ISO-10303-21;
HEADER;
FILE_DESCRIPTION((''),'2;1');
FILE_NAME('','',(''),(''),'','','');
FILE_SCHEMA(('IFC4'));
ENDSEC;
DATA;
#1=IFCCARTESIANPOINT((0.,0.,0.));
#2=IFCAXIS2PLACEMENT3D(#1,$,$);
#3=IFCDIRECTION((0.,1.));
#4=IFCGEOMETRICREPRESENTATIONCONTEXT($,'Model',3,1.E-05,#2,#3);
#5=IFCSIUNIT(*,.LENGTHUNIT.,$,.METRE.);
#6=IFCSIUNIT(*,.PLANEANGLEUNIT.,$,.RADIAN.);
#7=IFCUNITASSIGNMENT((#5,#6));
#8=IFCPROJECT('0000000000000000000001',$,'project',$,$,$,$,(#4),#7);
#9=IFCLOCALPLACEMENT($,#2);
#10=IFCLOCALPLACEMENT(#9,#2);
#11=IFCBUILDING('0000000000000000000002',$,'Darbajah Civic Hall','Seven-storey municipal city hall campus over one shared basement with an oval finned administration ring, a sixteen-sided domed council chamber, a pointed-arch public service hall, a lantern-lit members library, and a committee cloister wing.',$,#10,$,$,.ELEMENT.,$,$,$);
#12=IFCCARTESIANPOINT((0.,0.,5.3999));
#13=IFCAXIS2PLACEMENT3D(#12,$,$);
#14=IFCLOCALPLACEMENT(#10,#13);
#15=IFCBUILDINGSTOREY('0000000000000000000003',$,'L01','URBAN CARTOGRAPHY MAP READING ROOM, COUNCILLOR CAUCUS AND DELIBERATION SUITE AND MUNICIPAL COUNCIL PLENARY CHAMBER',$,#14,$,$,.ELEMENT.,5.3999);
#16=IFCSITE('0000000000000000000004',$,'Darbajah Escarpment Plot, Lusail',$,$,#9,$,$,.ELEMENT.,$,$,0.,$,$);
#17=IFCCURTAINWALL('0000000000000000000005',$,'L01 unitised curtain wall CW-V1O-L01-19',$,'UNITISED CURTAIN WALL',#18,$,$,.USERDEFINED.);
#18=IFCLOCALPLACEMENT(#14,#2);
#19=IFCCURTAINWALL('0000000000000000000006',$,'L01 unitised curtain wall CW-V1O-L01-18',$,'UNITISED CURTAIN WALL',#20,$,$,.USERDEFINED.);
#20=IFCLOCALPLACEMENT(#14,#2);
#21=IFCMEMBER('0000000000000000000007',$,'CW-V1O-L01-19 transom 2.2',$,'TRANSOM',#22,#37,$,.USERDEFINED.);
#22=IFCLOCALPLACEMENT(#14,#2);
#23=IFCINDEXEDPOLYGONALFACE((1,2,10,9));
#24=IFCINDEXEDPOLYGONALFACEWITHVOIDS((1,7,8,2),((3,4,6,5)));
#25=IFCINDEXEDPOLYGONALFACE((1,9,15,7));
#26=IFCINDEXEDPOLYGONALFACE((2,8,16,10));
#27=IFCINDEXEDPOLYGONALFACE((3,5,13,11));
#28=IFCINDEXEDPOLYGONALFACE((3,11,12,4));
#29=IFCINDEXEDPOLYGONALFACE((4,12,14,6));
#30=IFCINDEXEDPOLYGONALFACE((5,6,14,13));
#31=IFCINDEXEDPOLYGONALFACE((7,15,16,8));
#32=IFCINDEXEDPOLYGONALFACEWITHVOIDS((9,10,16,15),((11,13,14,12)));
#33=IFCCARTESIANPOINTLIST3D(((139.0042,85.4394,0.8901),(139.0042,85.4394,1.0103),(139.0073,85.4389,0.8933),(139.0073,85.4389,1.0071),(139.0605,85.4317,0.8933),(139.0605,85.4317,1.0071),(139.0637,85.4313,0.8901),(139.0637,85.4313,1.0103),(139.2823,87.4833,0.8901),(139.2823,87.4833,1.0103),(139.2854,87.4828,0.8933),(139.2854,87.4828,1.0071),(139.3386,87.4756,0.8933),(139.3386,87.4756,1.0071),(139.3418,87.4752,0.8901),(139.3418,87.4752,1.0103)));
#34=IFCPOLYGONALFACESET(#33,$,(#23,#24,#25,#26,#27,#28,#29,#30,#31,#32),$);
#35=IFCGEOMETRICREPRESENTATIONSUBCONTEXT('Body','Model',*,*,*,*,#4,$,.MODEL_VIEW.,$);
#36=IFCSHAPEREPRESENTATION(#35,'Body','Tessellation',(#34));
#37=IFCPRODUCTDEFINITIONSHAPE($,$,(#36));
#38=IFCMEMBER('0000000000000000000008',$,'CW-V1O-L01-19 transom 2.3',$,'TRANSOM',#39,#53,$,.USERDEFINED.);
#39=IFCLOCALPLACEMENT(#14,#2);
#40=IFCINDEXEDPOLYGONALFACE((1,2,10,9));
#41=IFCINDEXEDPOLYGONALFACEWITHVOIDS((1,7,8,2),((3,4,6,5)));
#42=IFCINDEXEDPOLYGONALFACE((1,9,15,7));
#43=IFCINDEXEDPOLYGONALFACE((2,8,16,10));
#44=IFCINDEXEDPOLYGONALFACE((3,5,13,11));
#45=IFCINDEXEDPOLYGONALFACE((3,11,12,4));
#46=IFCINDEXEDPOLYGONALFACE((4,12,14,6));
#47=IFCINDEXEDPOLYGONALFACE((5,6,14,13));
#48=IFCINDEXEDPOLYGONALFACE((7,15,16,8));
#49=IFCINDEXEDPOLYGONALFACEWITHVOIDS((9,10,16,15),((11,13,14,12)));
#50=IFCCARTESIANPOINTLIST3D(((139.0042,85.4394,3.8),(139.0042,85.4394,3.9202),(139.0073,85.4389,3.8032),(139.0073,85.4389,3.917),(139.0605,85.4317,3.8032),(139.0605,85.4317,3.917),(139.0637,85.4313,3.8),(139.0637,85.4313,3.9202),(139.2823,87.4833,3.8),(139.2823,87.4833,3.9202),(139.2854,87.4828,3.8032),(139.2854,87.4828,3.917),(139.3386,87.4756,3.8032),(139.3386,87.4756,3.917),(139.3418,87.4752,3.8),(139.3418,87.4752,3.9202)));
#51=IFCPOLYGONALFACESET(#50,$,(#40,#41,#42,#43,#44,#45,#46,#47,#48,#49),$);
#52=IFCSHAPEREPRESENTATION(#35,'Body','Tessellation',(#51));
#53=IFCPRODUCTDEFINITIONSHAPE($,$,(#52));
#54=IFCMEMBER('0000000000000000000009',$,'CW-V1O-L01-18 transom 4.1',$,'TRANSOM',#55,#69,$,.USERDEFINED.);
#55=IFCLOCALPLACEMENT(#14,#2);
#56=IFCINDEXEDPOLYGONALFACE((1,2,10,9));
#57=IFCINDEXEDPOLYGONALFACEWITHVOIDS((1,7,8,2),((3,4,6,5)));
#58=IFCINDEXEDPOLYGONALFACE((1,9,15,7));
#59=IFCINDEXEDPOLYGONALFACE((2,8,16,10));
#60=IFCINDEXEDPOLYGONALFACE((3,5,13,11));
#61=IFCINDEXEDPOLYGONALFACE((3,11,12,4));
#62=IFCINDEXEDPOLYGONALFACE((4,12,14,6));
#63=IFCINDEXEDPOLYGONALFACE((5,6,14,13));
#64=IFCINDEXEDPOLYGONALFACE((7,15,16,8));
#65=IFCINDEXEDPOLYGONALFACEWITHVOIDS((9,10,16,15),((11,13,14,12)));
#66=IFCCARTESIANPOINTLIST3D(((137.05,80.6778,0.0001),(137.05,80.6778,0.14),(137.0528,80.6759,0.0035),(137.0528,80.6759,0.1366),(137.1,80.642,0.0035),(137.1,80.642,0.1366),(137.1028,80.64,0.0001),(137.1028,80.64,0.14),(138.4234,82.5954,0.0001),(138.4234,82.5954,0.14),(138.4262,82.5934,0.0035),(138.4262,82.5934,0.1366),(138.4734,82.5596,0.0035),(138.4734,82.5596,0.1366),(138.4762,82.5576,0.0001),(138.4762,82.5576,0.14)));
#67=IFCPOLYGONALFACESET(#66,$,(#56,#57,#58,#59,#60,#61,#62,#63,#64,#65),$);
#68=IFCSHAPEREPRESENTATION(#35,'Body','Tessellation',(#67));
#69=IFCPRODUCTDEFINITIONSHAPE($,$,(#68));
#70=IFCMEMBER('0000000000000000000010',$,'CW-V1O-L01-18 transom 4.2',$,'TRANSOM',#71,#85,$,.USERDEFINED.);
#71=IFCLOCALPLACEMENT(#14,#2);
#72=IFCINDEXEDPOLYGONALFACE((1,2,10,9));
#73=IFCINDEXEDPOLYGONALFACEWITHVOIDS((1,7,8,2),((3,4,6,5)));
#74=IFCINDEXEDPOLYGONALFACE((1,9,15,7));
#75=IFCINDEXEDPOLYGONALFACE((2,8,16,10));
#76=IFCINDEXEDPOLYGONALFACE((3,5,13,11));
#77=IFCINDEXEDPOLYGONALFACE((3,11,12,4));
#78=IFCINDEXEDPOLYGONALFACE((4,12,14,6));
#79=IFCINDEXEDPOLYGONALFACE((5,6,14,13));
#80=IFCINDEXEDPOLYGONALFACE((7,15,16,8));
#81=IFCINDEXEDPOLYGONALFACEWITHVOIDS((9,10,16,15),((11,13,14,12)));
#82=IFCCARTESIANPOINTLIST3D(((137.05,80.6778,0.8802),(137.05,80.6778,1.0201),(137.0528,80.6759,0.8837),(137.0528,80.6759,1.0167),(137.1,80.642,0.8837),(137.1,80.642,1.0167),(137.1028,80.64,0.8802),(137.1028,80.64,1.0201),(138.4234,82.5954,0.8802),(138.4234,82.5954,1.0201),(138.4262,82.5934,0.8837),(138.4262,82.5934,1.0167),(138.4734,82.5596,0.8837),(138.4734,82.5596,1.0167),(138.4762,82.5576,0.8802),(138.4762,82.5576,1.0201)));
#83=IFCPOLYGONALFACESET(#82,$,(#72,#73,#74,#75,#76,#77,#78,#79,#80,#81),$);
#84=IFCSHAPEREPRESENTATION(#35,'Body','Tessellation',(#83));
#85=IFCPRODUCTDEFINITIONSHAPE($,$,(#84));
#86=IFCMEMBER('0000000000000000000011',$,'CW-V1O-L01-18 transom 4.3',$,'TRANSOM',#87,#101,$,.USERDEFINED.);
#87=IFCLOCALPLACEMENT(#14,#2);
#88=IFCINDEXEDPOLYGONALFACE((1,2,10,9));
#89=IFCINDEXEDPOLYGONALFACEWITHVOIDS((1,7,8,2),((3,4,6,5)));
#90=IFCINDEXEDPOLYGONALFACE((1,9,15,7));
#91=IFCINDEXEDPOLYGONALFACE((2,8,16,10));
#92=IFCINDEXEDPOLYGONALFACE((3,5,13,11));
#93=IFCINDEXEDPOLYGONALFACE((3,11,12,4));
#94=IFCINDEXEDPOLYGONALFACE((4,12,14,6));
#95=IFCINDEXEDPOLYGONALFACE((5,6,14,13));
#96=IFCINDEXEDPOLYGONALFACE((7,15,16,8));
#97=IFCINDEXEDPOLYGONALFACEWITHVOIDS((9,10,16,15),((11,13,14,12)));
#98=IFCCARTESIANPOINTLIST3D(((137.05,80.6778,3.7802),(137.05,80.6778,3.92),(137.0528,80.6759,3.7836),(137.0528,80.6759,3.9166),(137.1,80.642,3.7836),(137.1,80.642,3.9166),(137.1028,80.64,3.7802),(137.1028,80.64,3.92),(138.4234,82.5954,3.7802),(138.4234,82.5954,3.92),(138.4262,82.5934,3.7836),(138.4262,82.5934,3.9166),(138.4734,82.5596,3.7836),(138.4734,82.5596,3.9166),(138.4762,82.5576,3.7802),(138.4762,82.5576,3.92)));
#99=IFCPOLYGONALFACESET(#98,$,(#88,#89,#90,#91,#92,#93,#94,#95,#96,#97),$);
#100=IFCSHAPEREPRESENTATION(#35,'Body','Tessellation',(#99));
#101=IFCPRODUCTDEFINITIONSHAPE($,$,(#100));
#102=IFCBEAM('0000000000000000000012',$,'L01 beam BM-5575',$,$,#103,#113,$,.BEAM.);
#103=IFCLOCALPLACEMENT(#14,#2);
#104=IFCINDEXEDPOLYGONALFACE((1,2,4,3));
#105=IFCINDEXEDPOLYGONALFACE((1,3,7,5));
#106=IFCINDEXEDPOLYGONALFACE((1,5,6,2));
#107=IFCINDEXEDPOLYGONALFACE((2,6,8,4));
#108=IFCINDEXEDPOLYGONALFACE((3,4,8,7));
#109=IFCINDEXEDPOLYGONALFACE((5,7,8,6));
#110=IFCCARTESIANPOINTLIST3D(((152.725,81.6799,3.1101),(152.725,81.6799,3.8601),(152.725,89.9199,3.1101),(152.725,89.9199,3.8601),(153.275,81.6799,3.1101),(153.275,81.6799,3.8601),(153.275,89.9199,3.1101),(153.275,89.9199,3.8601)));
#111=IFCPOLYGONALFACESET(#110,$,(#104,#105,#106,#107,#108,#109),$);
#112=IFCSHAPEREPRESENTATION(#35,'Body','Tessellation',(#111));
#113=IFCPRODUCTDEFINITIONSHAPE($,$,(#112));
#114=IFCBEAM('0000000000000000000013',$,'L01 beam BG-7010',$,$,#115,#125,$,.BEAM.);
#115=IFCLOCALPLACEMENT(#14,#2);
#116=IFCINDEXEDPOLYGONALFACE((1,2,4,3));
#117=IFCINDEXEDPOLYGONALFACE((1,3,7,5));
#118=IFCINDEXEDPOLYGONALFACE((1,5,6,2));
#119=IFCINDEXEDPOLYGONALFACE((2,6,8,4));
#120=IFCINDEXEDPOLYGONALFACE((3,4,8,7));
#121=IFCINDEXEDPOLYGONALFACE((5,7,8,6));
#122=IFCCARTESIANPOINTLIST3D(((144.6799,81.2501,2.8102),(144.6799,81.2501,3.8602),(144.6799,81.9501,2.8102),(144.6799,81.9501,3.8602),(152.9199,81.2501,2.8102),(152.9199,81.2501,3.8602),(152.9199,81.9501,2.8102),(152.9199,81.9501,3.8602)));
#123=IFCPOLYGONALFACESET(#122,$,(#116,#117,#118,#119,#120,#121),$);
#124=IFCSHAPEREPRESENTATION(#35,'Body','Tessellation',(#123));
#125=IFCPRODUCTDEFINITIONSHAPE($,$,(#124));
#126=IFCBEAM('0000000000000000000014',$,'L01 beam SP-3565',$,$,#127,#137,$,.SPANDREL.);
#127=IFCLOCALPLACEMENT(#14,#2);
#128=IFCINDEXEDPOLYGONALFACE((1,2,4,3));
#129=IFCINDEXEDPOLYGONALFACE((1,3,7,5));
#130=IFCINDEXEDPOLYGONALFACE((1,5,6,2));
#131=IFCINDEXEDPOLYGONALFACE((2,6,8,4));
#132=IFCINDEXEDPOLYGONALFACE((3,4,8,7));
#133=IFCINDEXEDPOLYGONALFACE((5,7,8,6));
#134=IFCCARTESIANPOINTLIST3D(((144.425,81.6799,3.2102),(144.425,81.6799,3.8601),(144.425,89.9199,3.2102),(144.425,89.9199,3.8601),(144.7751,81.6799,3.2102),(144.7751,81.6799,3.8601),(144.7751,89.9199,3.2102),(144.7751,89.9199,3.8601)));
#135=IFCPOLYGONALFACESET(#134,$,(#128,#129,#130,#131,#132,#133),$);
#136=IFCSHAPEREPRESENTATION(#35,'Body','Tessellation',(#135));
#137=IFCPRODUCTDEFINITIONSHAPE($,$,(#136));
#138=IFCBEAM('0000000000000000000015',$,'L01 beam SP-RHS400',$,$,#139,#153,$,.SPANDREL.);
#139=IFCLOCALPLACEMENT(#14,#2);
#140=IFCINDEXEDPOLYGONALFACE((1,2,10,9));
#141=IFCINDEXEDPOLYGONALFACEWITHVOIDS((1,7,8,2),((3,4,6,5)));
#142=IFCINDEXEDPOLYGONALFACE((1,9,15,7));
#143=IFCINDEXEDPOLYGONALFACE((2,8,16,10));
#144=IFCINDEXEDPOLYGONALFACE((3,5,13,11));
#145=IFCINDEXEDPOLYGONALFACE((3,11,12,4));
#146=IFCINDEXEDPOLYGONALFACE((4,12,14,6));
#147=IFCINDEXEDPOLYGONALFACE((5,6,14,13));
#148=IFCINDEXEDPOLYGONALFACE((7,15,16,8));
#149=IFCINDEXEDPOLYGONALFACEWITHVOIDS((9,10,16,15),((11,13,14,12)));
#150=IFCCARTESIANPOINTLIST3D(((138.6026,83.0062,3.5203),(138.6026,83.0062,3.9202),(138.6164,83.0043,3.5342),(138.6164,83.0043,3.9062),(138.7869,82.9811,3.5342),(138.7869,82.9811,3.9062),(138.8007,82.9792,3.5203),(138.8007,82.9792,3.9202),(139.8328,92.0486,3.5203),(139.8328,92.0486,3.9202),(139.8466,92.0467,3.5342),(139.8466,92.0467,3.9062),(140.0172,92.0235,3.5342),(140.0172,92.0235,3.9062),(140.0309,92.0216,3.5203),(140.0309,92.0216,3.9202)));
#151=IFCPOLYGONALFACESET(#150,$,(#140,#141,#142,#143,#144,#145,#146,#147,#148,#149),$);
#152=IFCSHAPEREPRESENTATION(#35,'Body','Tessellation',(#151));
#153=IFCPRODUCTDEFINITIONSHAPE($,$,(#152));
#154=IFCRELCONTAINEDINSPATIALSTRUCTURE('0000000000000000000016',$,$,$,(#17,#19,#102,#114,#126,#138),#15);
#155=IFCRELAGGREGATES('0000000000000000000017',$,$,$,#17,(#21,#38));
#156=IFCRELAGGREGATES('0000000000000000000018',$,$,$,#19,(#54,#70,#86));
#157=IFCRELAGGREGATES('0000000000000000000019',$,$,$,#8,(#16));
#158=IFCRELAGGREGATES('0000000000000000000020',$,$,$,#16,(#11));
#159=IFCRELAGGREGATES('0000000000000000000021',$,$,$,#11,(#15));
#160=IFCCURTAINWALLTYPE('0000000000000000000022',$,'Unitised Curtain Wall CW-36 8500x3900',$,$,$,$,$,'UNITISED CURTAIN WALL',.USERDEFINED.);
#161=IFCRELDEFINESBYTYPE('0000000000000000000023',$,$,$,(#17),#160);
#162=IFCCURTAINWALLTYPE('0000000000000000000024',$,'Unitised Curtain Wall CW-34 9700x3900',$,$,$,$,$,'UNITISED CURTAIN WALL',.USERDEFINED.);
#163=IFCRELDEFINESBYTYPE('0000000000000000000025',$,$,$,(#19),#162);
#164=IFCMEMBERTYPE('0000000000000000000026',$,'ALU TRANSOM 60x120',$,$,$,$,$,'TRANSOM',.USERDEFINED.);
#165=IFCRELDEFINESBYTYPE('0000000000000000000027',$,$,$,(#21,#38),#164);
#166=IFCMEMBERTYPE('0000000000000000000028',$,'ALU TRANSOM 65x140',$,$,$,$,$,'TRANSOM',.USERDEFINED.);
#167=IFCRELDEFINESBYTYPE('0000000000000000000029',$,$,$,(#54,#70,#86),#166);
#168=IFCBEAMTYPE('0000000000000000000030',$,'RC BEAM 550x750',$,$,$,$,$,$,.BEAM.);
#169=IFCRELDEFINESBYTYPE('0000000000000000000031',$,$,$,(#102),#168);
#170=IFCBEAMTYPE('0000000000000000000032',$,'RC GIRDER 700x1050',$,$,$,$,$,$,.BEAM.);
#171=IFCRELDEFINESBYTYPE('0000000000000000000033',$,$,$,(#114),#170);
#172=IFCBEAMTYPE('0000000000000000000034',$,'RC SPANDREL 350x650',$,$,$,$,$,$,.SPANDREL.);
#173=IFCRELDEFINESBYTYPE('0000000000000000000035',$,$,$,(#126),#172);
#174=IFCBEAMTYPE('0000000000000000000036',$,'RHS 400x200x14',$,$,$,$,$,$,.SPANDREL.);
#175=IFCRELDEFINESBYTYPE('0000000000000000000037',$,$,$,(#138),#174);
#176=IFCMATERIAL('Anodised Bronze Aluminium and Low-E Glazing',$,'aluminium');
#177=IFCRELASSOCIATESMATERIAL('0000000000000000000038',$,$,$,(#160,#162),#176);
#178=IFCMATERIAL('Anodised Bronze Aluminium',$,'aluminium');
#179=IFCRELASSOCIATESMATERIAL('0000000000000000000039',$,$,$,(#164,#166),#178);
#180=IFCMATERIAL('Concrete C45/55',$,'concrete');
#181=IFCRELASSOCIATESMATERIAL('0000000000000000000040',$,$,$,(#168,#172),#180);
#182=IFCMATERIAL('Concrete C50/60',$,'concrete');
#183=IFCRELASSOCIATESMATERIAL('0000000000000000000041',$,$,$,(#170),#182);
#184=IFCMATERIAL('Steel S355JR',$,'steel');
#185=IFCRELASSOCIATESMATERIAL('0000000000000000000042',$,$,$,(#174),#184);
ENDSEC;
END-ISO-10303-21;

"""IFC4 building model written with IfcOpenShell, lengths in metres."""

from ifc_helpers import new_model, si_unit, direction, frame, origin, origin_2d, place, context, subcontext, project, spatial, rectangle, hollow_rectangle, extrude, material, material_profile, profile_set, type_object, element, aggregate, save


model = new_model("IFC4")

# Units and contexts
model_context = context("Model", 3, precision=1e-05, world=origin(), true_north=direction((0.0, 1.0)))
body_context = subcontext(model_context, "Body", "Model", "MODEL_VIEW")
ifc_project = project(units=[si_unit("LENGTHUNIT", "METRE"), si_unit("PLANEANGLEUNIT", "RADIAN")], contexts=[model_context])

# Site, building, storey
site_placement = place(None, origin())
site = spatial("IfcSite", under=ifc_project, at=site_placement, Name="Darbajah Escarpment Plot, Lusail", CompositionType="ELEMENT", RefElevation=0.0)
building_placement = place(site_placement, origin())
building = spatial("IfcBuilding", under=site, at=building_placement, Name="Darbajah Civic Hall", Description="Seven-storey municipal city hall campus over one shared basement with an oval finned administration ring, a sixteen-sided domed council chamber, a pointed-arch public service hall, a lantern-lit members library, and a committee cloister wing.", CompositionType="ELEMENT")
storey_placement = place(building_placement, frame((0.0, 0.0, 5.3999)))
storey = spatial("IfcBuildingStorey", under=building, at=storey_placement, Name="L01", Description="URBAN CARTOGRAPHY MAP READING ROOM, COUNCILLOR CAUCUS AND DELIBERATION SUITE AND MUNICIPAL COUNCIL PLENARY CHAMBER", CompositionType="ELEMENT", Elevation=5.3999)

# Shared definitions
ifc_material_1 = material(Name="Concrete C50/60", Category="concrete")

# Curtain walls
ifc_material_2 = material(Name="Anodised Bronze Aluminium and Low-E Glazing", Category="aluminium")
curtain_wall_type_1 = type_object("IfcCurtainWallType", Name="Unitised Curtain Wall CW-36 8500x3900", ElementType="UNITISED CURTAIN WALL", PredefinedType="USERDEFINED", material=ifc_material_2)
curtain_wall_1_placement = place(storey_placement, origin())
curtain_wall_1 = element("IfcCurtainWall", 1, at=curtain_wall_1_placement, inside=storey, type_object=curtain_wall_type_1, Name="L01 unitised curtain wall CW-V1O-L01-19", ObjectType="UNITISED CURTAIN WALL", PredefinedType="USERDEFINED")
ifc_material_3 = material(Name="Anodised Bronze Aluminium", Category="aluminium")
curtain_wall_type_2 = type_object("IfcCurtainWallType", Name="Unitised Curtain Wall CW-34 9700x3900", ElementType="UNITISED CURTAIN WALL", PredefinedType="USERDEFINED", material=ifc_material_2)
curtain_wall_2_placement = place(storey_placement, origin())
curtain_wall_2 = element("IfcCurtainWall", 2, at=curtain_wall_2_placement, inside=storey, type_object=curtain_wall_type_2, Name="L01 unitised curtain wall CW-V1O-L01-18", ObjectType="UNITISED CURTAIN WALL", PredefinedType="USERDEFINED")

# Members
ifc_material_profile_1 = material_profile(ifc_material_3, hollow_rectangle(XDim=0.0601, YDim=0.1201, WallThickness=0.0032, at=origin_2d()), Name="ALU TRANSOM 60x120")
ifc_profile_set_1 = profile_set([ifc_material_profile_1], Name="Anodised Bronze Aluminium")
member_type_1 = type_object("IfcMemberType", Name="ALU TRANSOM 60x120", ElementType="TRANSOM", PredefinedType="USERDEFINED", material=ifc_profile_set_1)
member_1_placement = place(storey_placement, frame((139.0339, 85.4353, 0.9502), z_axis=(0.134807, 0.990872, 0.0), x_axis=(-0.990872, 0.134807, 0.0)))
member_1 = element("IfcMember", 3, at=member_1_placement, type_object=member_type_1, Name="CW-V1O-L01-19 transom 2.2", ObjectType="TRANSOM", PredefinedType="USERDEFINED", context=body_context, shape_type="SweptSolid", body=[
    extrude(hollow_rectangle(XDim=0.0601, YDim=0.1201, WallThickness=0.0032, at=origin_2d()), origin(), (0.0, 0.0, 1.0), 2.0627),
])
member_2_placement = place(storey_placement, frame((139.0339, 85.4353, 3.8601), z_axis=(0.134807, 0.990872, 0.0), x_axis=(-0.990872, 0.134807, 0.0)))
member_2 = element("IfcMember", 4, at=member_2_placement, type_object=member_type_1, Name="CW-V1O-L01-19 transom 2.3", ObjectType="TRANSOM", PredefinedType="USERDEFINED", context=body_context, shape_type="SweptSolid", body=[
    extrude(hollow_rectangle(XDim=0.0601, YDim=0.1201, WallThickness=0.0032, at=origin_2d()), origin(), (0.0, 0.0, 1.0), 2.0627),
])
ifc_material_profile_2 = material_profile(ifc_material_3, hollow_rectangle(XDim=0.0649, YDim=0.1399, WallThickness=0.0034, at=origin_2d()), Name="ALU TRANSOM 65x140")
ifc_profile_set_2 = profile_set([ifc_material_profile_2], Name="Anodised Bronze Aluminium")
member_type_2 = type_object("IfcMemberType", Name="ALU TRANSOM 65x140", ElementType="TRANSOM", PredefinedType="USERDEFINED", material=ifc_profile_set_2)
member_3_placement = place(storey_placement, frame((137.0764, 80.6589, 0.0701), z_axis=(0.582266, 0.812998, 0.0), x_axis=(-0.812998, 0.582266, 0.0)))
member_3 = element("IfcMember", 5, at=member_3_placement, type_object=member_type_2, Name="CW-V1O-L01-18 transom 4.1", ObjectType="TRANSOM", PredefinedType="USERDEFINED", context=body_context, shape_type="SweptSolid", body=[
    extrude(hollow_rectangle(XDim=0.0649, YDim=0.1399, WallThickness=0.0034, at=origin_2d()), origin(), (0.0, 0.0, 1.0), 2.3586),
])
member_4_placement = place(storey_placement, frame((137.0764, 80.6589, 0.9502), z_axis=(0.582266, 0.812998, 0.0), x_axis=(-0.812998, 0.582266, 0.0)))
member_4 = element("IfcMember", 6, at=member_4_placement, type_object=member_type_2, Name="CW-V1O-L01-18 transom 4.2", ObjectType="TRANSOM", PredefinedType="USERDEFINED", context=body_context, shape_type="SweptSolid", body=[
    extrude(hollow_rectangle(XDim=0.0649, YDim=0.1399, WallThickness=0.0034, at=origin_2d()), origin(), (0.0, 0.0, 1.0), 2.3586),
])
member_5_placement = place(storey_placement, frame((137.0764, 80.6589, 3.8501), z_axis=(0.582266, 0.812998, 0.0), x_axis=(-0.812998, 0.582266, 0.0)))
member_5 = element("IfcMember", 7, at=member_5_placement, type_object=member_type_2, Name="CW-V1O-L01-18 transom 4.3", ObjectType="TRANSOM", PredefinedType="USERDEFINED", context=body_context, shape_type="SweptSolid", body=[
    extrude(hollow_rectangle(XDim=0.0649, YDim=0.1399, WallThickness=0.0034, at=origin_2d()), origin(), (0.0, 0.0, 1.0), 2.3586),
])

# Beams
ifc_material_4 = material(Name="Concrete C45/55", Category="concrete")
ifc_material_profile_3 = material_profile(ifc_material_4, rectangle(XDim=0.55, YDim=0.75, at=origin_2d()), Name="RC BEAM 550x750")
ifc_profile_set_3 = profile_set([ifc_material_profile_3], Name="Concrete C45/55")
beam_type_1 = type_object("IfcBeamType", Name="RC BEAM 550x750", PredefinedType="BEAM", material=ifc_profile_set_3)
beam_1_placement = place(storey_placement, frame((153.0, 81.6799, 3.4851), z_axis=(0.0, 1.0, 0.0), x_axis=(-1.0, 0.0, 0.0)))
element("IfcBeam", 8, at=beam_1_placement, inside=storey, type_object=beam_type_1, Name="L01 beam BM-5575", PredefinedType="BEAM", context=body_context, shape_type="SweptSolid", body=[
    extrude(rectangle(XDim=0.55, YDim=0.75, at=origin_2d()), origin(), (0.0, 0.0, 1.0), 8.24),
])
ifc_material_profile_4 = material_profile(ifc_material_1, rectangle(XDim=0.7, YDim=1.05, at=origin_2d()), Name="RC GIRDER 700x1050")
ifc_profile_set_4 = profile_set([ifc_material_profile_4], Name="Concrete C50/60")
beam_type_2 = type_object("IfcBeamType", Name="RC GIRDER 700x1050", PredefinedType="BEAM", material=ifc_profile_set_4)
beam_2_placement = place(storey_placement, frame((144.6799, 81.6001, 3.3352), z_axis=(1.0, 0.0, 0.0), x_axis=(0.0, 1.0, 0.0)))
element("IfcBeam", 9, at=beam_2_placement, inside=storey, type_object=beam_type_2, Name="L01 beam BG-7010", PredefinedType="BEAM", context=body_context, shape_type="SweptSolid", body=[
    extrude(rectangle(XDim=0.7, YDim=1.05, at=origin_2d()), origin(), (0.0, 0.0, 1.0), 8.24),
])
ifc_material_profile_5 = material_profile(ifc_material_4, rectangle(XDim=0.3501, YDim=0.6499, at=origin_2d()), Name="RC SPANDREL 350x650")
ifc_profile_set_5 = profile_set([ifc_material_profile_5], Name="Concrete C45/55")
beam_type_3 = type_object("IfcBeamType", Name="RC SPANDREL 350x650", PredefinedType="SPANDREL", material=ifc_profile_set_5)
beam_3_placement = place(storey_placement, frame((144.6001, 81.6799, 3.5352), z_axis=(0.0, 1.0, 0.0), x_axis=(-1.0, 0.0, 0.0)))
element("IfcBeam", 10, at=beam_3_placement, inside=storey, type_object=beam_type_3, Name="L01 beam SP-3565", PredefinedType="SPANDREL", context=body_context, shape_type="SweptSolid", body=[
    extrude(rectangle(XDim=0.3501, YDim=0.6499, at=origin_2d()), origin(), (0.0, 0.0, 1.0), 8.24),
])
ifc_material_5 = material(Name="Steel S355JR", Category="steel")
ifc_material_profile_6 = material_profile(ifc_material_5, hollow_rectangle(XDim=0.2, YDim=0.3999, WallThickness=0.0139, at=origin_2d()), Name="RHS 400x200x14")
ifc_profile_set_6 = profile_set([ifc_material_profile_6], Name="Steel S355JR")
beam_type_4 = type_object("IfcBeamType", Name="RHS 400x200x14", PredefinedType="SPANDREL", material=ifc_profile_set_6)
beam_4_placement = place(storey_placement, frame((138.7017, 82.9927, 3.7202), z_axis=(0.134808, 0.990872, 0.0), x_axis=(-0.990872, 0.134808, 0.0)))
element("IfcBeam", 11, at=beam_4_placement, inside=storey, type_object=beam_type_4, Name="L01 beam SP-RHS400", PredefinedType="SPANDREL", context=body_context, shape_type="SweptSolid", body=[
    extrude(hollow_rectangle(XDim=0.2, YDim=0.3999, WallThickness=0.0139, at=origin_2d()), origin(), (0.0, 0.0, 1.0), 9.1257),
])

aggregate(curtain_wall_1, [member_1, member_2])
aggregate(curtain_wall_2, [member_3, member_4, member_5])

save(model, "model.ifc")
